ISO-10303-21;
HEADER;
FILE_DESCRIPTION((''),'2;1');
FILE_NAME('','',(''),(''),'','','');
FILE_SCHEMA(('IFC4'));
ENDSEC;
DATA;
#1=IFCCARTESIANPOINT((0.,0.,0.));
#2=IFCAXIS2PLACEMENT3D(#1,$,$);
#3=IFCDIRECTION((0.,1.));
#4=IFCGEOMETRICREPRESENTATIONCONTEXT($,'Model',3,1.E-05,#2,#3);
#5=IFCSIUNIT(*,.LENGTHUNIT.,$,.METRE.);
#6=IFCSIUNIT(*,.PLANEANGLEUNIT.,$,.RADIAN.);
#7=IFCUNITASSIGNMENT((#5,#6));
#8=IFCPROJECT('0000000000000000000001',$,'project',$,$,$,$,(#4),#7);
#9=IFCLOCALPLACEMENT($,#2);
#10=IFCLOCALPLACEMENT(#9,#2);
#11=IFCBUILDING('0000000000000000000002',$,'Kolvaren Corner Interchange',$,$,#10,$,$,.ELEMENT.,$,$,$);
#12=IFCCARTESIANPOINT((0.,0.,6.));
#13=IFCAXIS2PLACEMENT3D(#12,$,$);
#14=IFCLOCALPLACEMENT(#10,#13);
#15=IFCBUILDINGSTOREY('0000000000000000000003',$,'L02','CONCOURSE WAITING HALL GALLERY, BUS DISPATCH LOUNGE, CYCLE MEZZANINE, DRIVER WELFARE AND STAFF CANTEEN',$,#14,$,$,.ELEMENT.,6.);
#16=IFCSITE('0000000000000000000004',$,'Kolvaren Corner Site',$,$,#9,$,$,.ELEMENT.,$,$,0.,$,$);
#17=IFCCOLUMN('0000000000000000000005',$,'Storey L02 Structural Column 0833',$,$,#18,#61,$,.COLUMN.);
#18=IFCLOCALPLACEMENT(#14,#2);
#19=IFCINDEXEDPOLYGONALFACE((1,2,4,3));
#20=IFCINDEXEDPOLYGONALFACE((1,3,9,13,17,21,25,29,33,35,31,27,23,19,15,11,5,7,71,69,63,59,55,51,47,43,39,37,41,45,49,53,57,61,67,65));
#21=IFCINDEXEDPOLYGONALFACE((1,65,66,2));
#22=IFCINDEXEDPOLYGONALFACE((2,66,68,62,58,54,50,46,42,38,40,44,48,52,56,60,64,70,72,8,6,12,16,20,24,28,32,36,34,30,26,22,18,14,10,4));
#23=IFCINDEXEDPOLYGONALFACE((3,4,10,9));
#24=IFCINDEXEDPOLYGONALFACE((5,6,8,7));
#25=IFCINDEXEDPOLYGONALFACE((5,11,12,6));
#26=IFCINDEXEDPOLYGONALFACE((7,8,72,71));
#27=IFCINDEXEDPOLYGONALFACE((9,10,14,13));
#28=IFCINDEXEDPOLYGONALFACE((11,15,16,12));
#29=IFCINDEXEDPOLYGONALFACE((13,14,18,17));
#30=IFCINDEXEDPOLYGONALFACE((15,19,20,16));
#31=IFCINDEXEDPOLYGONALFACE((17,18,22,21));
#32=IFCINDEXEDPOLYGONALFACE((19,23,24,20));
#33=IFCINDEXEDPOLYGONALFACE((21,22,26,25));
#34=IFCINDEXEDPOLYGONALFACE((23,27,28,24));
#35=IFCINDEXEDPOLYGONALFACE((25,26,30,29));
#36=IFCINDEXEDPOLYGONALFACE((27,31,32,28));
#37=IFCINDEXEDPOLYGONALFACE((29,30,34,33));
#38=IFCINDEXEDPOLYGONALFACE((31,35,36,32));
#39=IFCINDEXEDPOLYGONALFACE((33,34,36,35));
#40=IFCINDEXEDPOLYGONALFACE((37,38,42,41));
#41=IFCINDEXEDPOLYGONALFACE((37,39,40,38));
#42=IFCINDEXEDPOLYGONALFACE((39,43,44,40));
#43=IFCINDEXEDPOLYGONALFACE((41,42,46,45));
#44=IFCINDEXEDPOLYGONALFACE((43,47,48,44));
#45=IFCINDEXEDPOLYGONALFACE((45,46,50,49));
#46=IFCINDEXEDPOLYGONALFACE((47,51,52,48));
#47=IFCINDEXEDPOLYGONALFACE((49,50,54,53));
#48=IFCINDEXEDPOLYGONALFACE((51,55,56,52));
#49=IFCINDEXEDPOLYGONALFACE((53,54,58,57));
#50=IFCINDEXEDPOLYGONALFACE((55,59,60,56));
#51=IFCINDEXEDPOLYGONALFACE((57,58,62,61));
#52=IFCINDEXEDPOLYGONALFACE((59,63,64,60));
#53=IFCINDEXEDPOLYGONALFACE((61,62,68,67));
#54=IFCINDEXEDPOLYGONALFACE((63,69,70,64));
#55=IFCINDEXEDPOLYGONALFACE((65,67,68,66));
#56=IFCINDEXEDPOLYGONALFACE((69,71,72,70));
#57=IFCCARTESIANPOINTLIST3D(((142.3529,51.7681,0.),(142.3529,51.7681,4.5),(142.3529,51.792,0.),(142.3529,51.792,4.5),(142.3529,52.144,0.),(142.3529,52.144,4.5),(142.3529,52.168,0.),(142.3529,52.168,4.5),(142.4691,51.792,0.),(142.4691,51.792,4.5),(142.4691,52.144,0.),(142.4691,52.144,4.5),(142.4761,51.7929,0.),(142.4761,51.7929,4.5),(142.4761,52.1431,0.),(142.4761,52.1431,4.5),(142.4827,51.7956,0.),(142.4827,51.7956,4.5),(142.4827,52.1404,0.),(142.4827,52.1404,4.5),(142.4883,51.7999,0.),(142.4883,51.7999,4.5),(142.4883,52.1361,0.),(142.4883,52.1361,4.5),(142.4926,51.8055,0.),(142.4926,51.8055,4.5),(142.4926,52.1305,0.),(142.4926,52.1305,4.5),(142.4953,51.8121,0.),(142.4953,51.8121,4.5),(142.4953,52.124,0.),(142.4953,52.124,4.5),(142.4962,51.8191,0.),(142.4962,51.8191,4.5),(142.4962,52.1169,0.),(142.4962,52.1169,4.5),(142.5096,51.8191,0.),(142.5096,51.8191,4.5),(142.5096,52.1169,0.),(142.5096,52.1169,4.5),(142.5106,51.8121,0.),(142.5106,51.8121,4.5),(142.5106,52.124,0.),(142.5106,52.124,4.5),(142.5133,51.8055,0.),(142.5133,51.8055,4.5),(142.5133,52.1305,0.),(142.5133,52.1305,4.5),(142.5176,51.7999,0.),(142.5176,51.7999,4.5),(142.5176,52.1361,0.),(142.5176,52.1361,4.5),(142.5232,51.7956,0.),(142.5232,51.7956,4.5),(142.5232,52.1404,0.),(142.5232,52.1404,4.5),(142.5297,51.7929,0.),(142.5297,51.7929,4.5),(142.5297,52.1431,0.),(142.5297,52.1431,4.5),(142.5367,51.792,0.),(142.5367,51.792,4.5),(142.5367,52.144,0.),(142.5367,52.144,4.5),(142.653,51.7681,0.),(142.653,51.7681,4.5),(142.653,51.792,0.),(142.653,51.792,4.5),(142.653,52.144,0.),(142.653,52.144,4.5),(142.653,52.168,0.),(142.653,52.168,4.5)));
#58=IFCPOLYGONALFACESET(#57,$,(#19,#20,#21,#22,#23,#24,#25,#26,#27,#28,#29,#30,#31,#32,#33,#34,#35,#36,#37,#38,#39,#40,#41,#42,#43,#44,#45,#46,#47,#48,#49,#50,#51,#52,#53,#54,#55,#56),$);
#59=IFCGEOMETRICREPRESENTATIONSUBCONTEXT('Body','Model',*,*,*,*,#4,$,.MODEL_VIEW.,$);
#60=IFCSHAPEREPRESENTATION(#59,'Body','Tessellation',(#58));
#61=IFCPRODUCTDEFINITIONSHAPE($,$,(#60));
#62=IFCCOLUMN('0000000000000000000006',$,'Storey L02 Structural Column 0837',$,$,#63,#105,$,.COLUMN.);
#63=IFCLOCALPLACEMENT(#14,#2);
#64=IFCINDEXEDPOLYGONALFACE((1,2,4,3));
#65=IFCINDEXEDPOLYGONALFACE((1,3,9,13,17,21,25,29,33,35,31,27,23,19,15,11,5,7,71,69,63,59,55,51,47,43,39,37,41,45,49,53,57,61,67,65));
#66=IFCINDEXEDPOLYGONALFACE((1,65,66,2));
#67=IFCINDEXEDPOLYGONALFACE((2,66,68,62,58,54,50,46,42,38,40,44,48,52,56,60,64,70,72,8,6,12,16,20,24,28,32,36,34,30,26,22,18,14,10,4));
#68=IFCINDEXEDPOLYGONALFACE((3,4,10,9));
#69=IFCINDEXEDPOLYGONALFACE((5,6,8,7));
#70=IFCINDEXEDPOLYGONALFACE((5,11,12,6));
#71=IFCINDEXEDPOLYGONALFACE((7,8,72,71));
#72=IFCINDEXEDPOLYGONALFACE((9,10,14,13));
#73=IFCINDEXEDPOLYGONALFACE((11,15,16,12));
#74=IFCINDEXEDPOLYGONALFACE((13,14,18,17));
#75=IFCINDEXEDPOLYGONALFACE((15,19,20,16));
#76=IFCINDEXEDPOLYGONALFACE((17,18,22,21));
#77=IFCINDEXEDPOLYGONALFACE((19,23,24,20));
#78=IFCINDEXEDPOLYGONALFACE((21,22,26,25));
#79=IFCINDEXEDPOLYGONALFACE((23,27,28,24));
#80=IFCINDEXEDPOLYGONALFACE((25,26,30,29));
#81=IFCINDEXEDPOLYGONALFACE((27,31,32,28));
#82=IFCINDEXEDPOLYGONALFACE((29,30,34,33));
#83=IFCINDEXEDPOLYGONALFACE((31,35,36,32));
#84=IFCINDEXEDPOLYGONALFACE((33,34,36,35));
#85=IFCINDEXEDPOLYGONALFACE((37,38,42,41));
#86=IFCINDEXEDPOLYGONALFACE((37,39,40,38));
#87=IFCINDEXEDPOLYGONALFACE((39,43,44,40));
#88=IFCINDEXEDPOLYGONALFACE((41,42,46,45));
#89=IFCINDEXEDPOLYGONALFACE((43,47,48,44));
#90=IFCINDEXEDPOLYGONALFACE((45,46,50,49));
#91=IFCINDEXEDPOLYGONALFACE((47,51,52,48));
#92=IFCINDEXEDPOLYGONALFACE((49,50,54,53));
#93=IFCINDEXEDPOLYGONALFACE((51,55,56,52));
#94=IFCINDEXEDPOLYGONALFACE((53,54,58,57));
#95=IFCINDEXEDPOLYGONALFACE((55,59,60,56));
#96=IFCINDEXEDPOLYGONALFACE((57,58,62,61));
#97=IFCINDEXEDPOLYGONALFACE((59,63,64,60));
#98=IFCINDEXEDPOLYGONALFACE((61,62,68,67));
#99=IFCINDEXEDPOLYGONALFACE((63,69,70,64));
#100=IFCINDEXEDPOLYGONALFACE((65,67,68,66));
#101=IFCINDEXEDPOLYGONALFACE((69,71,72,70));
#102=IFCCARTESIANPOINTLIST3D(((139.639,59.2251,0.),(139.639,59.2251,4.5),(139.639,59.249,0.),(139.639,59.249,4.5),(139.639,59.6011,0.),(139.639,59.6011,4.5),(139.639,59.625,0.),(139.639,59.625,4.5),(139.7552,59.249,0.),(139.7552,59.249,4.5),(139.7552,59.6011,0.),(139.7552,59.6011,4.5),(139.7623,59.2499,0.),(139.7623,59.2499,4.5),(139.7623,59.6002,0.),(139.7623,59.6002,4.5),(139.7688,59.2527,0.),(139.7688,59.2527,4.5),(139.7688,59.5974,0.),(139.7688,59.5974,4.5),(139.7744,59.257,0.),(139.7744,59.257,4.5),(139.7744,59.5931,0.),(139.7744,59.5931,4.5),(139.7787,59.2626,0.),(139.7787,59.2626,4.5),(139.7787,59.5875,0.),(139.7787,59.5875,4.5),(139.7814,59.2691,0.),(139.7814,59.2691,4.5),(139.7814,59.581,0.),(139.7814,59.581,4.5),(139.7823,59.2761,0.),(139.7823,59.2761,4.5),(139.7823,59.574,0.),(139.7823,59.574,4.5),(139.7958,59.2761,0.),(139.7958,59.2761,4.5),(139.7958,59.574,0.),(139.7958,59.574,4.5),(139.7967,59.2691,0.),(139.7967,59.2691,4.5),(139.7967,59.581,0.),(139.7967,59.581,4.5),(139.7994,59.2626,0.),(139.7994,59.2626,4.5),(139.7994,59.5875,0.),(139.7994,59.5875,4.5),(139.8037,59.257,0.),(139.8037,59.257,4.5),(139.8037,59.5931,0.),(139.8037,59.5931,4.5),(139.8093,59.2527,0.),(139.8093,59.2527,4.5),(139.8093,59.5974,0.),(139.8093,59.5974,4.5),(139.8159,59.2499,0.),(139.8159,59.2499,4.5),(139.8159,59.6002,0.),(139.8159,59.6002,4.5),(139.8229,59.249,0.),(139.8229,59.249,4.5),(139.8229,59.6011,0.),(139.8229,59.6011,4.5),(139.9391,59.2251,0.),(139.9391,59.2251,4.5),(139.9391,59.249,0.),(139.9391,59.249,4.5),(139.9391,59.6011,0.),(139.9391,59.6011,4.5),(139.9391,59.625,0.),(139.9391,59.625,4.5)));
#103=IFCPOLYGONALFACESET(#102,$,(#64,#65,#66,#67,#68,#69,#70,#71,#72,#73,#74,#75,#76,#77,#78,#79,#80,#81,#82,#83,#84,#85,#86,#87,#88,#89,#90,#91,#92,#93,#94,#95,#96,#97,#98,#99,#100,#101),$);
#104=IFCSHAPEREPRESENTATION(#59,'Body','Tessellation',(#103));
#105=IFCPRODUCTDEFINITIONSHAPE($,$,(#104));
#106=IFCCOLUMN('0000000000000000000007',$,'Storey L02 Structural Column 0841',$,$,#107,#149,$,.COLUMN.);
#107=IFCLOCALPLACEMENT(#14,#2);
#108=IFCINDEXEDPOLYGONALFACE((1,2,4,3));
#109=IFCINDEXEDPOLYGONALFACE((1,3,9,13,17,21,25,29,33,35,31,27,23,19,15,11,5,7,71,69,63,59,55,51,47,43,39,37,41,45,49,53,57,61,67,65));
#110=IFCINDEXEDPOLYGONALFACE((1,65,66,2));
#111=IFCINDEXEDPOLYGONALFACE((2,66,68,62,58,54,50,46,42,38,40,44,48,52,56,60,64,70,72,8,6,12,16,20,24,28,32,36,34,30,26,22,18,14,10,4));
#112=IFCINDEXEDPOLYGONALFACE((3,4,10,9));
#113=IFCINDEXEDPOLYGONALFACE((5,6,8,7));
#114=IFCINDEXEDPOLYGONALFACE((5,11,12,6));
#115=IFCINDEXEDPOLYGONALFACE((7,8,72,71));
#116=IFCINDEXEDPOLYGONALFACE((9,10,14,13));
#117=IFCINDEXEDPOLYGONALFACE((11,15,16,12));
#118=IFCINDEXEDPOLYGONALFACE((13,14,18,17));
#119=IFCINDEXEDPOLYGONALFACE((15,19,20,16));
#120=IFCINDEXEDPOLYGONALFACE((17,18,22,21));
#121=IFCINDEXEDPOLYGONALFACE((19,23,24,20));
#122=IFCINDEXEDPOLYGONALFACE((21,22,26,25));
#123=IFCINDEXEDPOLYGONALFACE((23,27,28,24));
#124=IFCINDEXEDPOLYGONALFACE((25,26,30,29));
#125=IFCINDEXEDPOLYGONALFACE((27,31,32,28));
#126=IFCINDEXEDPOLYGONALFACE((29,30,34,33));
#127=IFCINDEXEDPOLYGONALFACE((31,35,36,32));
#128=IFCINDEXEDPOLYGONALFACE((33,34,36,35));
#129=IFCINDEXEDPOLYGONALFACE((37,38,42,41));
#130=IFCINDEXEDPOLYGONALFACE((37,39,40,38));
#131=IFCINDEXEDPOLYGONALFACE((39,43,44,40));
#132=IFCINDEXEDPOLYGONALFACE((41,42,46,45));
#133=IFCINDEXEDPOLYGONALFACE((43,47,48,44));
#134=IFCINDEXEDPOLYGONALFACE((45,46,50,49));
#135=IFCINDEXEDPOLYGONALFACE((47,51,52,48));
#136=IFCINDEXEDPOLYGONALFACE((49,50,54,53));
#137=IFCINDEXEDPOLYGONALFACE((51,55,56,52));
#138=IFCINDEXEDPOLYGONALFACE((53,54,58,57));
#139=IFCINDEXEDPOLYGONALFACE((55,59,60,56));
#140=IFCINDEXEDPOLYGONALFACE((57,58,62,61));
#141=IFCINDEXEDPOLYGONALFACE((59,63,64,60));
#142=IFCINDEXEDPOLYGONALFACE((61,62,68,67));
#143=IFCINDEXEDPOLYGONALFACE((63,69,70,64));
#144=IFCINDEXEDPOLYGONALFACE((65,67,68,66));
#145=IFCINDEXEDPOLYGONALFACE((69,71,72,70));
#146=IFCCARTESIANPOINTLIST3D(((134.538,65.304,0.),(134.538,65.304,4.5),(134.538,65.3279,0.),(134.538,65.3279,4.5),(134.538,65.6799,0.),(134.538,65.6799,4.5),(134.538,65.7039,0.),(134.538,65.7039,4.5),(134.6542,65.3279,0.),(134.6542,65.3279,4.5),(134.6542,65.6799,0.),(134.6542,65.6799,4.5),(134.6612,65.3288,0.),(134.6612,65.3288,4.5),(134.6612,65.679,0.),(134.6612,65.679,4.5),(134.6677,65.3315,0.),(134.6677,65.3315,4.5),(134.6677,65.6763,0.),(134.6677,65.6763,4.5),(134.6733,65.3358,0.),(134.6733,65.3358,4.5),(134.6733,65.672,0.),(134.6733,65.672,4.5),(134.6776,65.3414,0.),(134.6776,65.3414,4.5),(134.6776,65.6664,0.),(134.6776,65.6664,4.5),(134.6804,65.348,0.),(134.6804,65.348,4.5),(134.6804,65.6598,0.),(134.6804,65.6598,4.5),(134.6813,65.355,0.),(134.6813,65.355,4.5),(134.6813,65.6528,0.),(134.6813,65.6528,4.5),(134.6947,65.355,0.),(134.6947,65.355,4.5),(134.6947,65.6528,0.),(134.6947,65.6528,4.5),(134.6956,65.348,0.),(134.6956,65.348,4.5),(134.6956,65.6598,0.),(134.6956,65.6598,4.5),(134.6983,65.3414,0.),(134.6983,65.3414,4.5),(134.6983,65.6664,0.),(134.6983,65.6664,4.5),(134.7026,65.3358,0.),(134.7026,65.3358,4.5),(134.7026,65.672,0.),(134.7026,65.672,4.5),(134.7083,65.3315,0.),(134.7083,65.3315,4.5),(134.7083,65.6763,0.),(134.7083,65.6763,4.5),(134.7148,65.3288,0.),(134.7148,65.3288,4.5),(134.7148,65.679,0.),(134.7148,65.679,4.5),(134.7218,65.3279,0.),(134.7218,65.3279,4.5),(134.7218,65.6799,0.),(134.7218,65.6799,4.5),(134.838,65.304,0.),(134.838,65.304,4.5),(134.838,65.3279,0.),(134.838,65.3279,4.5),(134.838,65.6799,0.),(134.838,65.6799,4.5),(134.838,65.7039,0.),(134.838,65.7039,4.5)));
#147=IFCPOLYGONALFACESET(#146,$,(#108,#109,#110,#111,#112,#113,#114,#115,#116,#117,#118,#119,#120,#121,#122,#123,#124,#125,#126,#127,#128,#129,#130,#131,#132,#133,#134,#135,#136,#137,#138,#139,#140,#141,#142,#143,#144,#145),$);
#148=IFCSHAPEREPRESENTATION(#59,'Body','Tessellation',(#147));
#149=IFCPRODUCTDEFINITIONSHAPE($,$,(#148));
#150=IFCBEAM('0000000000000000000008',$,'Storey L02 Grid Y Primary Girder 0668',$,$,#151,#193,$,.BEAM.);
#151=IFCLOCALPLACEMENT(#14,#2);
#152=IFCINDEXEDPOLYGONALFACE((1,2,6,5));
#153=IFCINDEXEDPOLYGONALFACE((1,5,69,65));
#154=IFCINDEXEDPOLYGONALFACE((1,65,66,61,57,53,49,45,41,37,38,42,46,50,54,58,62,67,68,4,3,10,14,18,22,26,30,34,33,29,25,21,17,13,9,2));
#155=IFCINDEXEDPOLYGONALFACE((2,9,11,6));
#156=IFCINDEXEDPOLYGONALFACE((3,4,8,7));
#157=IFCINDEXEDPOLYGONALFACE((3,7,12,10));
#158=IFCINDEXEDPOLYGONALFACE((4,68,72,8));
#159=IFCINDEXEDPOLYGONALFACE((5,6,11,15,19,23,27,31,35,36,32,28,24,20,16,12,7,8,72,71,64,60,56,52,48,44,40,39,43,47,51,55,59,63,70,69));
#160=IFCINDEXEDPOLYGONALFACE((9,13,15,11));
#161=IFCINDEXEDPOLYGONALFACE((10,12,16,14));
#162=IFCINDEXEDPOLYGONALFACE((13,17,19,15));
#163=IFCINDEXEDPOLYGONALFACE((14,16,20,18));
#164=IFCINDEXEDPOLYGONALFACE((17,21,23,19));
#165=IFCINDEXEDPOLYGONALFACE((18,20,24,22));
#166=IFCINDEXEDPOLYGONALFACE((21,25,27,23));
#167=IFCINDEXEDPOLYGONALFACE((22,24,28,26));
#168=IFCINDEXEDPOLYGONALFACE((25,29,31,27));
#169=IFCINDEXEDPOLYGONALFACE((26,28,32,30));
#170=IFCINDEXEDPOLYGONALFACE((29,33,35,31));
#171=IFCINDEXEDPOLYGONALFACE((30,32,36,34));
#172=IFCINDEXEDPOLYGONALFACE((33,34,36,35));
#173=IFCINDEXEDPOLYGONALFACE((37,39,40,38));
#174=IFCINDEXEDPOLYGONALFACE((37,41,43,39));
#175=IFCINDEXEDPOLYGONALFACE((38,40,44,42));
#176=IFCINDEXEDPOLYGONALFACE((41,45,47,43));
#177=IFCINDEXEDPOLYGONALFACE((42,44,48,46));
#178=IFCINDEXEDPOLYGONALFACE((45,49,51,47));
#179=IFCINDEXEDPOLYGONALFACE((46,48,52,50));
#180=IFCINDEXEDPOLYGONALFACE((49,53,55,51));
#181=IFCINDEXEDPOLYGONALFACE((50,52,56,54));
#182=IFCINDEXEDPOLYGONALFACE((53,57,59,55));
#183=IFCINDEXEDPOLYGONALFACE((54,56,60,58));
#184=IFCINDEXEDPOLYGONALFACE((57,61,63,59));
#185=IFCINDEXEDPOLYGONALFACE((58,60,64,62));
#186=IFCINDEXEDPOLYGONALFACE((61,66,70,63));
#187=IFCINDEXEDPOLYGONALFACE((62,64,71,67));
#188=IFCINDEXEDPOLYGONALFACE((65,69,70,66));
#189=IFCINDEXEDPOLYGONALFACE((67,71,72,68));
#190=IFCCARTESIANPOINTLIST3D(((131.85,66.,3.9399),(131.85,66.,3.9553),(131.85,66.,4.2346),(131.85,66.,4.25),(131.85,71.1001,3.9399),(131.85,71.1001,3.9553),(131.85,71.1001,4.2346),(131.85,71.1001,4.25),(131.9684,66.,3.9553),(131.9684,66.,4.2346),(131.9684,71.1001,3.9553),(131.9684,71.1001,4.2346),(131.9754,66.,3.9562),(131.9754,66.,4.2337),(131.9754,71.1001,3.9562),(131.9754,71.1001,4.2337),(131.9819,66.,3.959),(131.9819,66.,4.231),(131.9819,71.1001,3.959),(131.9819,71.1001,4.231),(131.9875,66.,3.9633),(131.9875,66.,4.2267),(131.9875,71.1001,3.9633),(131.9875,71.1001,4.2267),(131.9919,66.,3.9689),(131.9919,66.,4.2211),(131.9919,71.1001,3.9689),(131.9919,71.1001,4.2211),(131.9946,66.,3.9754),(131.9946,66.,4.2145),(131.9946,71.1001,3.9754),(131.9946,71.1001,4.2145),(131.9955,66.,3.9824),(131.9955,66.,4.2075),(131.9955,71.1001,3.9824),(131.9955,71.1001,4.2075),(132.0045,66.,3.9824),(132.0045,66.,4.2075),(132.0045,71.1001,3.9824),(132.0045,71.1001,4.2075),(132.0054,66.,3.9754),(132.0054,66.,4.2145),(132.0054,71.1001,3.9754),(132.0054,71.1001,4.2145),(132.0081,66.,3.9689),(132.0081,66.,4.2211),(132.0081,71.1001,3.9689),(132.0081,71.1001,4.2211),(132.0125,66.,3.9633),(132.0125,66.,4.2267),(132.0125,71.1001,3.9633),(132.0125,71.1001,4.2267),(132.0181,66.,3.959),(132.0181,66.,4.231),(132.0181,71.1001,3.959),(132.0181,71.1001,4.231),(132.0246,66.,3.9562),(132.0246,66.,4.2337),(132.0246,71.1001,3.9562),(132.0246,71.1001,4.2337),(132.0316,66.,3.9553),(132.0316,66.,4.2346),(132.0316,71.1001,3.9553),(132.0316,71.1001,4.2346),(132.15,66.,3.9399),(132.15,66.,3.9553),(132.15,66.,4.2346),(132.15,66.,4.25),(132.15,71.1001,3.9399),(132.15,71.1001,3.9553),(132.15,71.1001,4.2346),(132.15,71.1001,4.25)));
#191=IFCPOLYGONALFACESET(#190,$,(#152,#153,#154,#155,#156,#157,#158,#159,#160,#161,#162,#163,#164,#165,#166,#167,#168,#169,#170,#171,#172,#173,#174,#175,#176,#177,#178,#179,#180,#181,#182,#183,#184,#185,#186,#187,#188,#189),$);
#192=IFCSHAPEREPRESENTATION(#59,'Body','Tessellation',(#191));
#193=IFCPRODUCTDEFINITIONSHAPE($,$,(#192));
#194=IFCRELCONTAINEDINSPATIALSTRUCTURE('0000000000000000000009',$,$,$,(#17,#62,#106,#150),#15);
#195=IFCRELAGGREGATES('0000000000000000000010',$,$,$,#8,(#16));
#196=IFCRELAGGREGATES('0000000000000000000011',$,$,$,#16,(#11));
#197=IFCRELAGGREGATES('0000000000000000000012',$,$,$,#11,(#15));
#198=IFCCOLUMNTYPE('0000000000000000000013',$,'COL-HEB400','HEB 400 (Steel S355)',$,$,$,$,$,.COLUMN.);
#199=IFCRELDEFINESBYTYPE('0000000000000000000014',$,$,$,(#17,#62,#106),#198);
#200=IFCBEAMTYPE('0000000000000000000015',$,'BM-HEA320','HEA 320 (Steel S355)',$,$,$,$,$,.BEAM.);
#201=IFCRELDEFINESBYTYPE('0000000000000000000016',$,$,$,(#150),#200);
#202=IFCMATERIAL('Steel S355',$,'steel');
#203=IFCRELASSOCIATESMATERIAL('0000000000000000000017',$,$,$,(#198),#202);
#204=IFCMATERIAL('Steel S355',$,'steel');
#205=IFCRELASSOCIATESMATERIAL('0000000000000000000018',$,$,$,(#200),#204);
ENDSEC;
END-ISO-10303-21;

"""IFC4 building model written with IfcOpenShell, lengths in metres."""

from ifc_helpers import new_model, si_unit, direction, frame, origin, origin_2d, place, context, subcontext, project, spatial, i_section, extrude, material, material_profile, profile_set, type_object, element, save


model = new_model("IFC4")

# Units and contexts
model_context = context("Model", 3, precision=1e-05, world=origin(), true_north=direction((0.0, 1.0)))
body_context = subcontext(model_context, "Body", "Model", "MODEL_VIEW")
ifc_project = project(units=[si_unit("LENGTHUNIT", "METRE"), si_unit("PLANEANGLEUNIT", "RADIAN")], contexts=[model_context])

# Site, building, storey
site_placement = place(None, origin())
site = spatial("IfcSite", under=ifc_project, at=site_placement, Name="Kolvaren Corner Site", CompositionType="ELEMENT", RefElevation=0.0)
building_placement = place(site_placement, origin())
building = spatial("IfcBuilding", under=site, at=building_placement, Name="Kolvaren Corner Interchange", CompositionType="ELEMENT")
storey_placement = place(building_placement, frame((0.0, 0.0, 6.0)))
storey = spatial("IfcBuildingStorey", under=building, at=storey_placement, Name="L02", Description="CONCOURSE WAITING HALL GALLERY, BUS DISPATCH LOUNGE, CYCLE MEZZANINE, DRIVER WELFARE AND STAFF CANTEEN", CompositionType="ELEMENT", Elevation=6.0)

# Columns
ifc_material_1 = material(Name="Steel S355", Category="steel")
ifc_material_profile_1 = material_profile(ifc_material_1, i_section(OverallWidth=0.3, OverallDepth=0.3999, WebThickness=0.0134, FlangeThickness=0.0239, FilletRadius=0.0271, at=origin_2d()), Name="HEB 400")
ifc_profile_set_1 = profile_set([ifc_material_profile_1], Name="Steel S355")
column_type_1 = type_object("IfcColumnType", Name="COL-HEB400", Description="HEB 400 (Steel S355)", PredefinedType="COLUMN", material=ifc_profile_set_1)
for number, where, z_axis, x_axis, name in (
    (1, (142.5029, 51.968, 0.0), (0.0, 0.0, 1.0), (1.0, 0.0, 0.0), "Storey L02 Structural Column 0833"),
    (2, (139.7891, 59.425, 0.0), (0.0, 0.0, 1.0), (1.0, 0.0, 0.0), "Storey L02 Structural Column 0837"),
    (3, (134.688, 65.5039, 0.0), (0.0, 0.0, 1.0), (1.0, 0.0, 0.0), "Storey L02 Structural Column 0841"),
):
    element("IfcColumn", number, at=place(storey_placement, frame(where, z_axis=z_axis, x_axis=x_axis)), inside=storey, type_object=column_type_1, Name=name, PredefinedType="COLUMN", context=body_context, shape_type="SweptSolid", body=[
        extrude(i_section(OverallWidth=0.3, OverallDepth=0.3999, WebThickness=0.0134, FlangeThickness=0.0239, FilletRadius=0.0271, at=origin_2d()), origin(), (0.0, 0.0, 1.0), 4.5),
    ])

# Beam
ifc_material_2 = material(Name="Steel S355", Category="steel")
ifc_material_profile_2 = material_profile(ifc_material_2, i_section(OverallWidth=0.3, OverallDepth=0.3101, WebThickness=0.009, FlangeThickness=0.0154, FilletRadius=0.0271, at=origin_2d()), Name="HEA 320")
ifc_profile_set_2 = profile_set([ifc_material_profile_2], Name="Steel S355")
beam_type_1 = type_object("IfcBeamType", Name="BM-HEA320", Description="HEA 320 (Steel S355)", PredefinedType="BEAM", material=ifc_profile_set_2)
beam_1_placement = place(storey_placement, frame((132.0, 66.0, 4.095), z_axis=(0.0, 1.0, 0.0), x_axis=(-1.0, 0.0, 0.0)))
element("IfcBeam", 4, at=beam_1_placement, inside=storey, type_object=beam_type_1, Name="Storey L02 Grid Y Primary Girder 0668", PredefinedType="BEAM", context=body_context, shape_type="SweptSolid", body=[
    extrude(i_section(OverallWidth=0.3, OverallDepth=0.3101, WebThickness=0.009, FlangeThickness=0.0154, FilletRadius=0.0271, at=origin_2d()), origin(), (0.0, 0.0, 1.0), 5.1001),
])

save(model, "model.ifc")
